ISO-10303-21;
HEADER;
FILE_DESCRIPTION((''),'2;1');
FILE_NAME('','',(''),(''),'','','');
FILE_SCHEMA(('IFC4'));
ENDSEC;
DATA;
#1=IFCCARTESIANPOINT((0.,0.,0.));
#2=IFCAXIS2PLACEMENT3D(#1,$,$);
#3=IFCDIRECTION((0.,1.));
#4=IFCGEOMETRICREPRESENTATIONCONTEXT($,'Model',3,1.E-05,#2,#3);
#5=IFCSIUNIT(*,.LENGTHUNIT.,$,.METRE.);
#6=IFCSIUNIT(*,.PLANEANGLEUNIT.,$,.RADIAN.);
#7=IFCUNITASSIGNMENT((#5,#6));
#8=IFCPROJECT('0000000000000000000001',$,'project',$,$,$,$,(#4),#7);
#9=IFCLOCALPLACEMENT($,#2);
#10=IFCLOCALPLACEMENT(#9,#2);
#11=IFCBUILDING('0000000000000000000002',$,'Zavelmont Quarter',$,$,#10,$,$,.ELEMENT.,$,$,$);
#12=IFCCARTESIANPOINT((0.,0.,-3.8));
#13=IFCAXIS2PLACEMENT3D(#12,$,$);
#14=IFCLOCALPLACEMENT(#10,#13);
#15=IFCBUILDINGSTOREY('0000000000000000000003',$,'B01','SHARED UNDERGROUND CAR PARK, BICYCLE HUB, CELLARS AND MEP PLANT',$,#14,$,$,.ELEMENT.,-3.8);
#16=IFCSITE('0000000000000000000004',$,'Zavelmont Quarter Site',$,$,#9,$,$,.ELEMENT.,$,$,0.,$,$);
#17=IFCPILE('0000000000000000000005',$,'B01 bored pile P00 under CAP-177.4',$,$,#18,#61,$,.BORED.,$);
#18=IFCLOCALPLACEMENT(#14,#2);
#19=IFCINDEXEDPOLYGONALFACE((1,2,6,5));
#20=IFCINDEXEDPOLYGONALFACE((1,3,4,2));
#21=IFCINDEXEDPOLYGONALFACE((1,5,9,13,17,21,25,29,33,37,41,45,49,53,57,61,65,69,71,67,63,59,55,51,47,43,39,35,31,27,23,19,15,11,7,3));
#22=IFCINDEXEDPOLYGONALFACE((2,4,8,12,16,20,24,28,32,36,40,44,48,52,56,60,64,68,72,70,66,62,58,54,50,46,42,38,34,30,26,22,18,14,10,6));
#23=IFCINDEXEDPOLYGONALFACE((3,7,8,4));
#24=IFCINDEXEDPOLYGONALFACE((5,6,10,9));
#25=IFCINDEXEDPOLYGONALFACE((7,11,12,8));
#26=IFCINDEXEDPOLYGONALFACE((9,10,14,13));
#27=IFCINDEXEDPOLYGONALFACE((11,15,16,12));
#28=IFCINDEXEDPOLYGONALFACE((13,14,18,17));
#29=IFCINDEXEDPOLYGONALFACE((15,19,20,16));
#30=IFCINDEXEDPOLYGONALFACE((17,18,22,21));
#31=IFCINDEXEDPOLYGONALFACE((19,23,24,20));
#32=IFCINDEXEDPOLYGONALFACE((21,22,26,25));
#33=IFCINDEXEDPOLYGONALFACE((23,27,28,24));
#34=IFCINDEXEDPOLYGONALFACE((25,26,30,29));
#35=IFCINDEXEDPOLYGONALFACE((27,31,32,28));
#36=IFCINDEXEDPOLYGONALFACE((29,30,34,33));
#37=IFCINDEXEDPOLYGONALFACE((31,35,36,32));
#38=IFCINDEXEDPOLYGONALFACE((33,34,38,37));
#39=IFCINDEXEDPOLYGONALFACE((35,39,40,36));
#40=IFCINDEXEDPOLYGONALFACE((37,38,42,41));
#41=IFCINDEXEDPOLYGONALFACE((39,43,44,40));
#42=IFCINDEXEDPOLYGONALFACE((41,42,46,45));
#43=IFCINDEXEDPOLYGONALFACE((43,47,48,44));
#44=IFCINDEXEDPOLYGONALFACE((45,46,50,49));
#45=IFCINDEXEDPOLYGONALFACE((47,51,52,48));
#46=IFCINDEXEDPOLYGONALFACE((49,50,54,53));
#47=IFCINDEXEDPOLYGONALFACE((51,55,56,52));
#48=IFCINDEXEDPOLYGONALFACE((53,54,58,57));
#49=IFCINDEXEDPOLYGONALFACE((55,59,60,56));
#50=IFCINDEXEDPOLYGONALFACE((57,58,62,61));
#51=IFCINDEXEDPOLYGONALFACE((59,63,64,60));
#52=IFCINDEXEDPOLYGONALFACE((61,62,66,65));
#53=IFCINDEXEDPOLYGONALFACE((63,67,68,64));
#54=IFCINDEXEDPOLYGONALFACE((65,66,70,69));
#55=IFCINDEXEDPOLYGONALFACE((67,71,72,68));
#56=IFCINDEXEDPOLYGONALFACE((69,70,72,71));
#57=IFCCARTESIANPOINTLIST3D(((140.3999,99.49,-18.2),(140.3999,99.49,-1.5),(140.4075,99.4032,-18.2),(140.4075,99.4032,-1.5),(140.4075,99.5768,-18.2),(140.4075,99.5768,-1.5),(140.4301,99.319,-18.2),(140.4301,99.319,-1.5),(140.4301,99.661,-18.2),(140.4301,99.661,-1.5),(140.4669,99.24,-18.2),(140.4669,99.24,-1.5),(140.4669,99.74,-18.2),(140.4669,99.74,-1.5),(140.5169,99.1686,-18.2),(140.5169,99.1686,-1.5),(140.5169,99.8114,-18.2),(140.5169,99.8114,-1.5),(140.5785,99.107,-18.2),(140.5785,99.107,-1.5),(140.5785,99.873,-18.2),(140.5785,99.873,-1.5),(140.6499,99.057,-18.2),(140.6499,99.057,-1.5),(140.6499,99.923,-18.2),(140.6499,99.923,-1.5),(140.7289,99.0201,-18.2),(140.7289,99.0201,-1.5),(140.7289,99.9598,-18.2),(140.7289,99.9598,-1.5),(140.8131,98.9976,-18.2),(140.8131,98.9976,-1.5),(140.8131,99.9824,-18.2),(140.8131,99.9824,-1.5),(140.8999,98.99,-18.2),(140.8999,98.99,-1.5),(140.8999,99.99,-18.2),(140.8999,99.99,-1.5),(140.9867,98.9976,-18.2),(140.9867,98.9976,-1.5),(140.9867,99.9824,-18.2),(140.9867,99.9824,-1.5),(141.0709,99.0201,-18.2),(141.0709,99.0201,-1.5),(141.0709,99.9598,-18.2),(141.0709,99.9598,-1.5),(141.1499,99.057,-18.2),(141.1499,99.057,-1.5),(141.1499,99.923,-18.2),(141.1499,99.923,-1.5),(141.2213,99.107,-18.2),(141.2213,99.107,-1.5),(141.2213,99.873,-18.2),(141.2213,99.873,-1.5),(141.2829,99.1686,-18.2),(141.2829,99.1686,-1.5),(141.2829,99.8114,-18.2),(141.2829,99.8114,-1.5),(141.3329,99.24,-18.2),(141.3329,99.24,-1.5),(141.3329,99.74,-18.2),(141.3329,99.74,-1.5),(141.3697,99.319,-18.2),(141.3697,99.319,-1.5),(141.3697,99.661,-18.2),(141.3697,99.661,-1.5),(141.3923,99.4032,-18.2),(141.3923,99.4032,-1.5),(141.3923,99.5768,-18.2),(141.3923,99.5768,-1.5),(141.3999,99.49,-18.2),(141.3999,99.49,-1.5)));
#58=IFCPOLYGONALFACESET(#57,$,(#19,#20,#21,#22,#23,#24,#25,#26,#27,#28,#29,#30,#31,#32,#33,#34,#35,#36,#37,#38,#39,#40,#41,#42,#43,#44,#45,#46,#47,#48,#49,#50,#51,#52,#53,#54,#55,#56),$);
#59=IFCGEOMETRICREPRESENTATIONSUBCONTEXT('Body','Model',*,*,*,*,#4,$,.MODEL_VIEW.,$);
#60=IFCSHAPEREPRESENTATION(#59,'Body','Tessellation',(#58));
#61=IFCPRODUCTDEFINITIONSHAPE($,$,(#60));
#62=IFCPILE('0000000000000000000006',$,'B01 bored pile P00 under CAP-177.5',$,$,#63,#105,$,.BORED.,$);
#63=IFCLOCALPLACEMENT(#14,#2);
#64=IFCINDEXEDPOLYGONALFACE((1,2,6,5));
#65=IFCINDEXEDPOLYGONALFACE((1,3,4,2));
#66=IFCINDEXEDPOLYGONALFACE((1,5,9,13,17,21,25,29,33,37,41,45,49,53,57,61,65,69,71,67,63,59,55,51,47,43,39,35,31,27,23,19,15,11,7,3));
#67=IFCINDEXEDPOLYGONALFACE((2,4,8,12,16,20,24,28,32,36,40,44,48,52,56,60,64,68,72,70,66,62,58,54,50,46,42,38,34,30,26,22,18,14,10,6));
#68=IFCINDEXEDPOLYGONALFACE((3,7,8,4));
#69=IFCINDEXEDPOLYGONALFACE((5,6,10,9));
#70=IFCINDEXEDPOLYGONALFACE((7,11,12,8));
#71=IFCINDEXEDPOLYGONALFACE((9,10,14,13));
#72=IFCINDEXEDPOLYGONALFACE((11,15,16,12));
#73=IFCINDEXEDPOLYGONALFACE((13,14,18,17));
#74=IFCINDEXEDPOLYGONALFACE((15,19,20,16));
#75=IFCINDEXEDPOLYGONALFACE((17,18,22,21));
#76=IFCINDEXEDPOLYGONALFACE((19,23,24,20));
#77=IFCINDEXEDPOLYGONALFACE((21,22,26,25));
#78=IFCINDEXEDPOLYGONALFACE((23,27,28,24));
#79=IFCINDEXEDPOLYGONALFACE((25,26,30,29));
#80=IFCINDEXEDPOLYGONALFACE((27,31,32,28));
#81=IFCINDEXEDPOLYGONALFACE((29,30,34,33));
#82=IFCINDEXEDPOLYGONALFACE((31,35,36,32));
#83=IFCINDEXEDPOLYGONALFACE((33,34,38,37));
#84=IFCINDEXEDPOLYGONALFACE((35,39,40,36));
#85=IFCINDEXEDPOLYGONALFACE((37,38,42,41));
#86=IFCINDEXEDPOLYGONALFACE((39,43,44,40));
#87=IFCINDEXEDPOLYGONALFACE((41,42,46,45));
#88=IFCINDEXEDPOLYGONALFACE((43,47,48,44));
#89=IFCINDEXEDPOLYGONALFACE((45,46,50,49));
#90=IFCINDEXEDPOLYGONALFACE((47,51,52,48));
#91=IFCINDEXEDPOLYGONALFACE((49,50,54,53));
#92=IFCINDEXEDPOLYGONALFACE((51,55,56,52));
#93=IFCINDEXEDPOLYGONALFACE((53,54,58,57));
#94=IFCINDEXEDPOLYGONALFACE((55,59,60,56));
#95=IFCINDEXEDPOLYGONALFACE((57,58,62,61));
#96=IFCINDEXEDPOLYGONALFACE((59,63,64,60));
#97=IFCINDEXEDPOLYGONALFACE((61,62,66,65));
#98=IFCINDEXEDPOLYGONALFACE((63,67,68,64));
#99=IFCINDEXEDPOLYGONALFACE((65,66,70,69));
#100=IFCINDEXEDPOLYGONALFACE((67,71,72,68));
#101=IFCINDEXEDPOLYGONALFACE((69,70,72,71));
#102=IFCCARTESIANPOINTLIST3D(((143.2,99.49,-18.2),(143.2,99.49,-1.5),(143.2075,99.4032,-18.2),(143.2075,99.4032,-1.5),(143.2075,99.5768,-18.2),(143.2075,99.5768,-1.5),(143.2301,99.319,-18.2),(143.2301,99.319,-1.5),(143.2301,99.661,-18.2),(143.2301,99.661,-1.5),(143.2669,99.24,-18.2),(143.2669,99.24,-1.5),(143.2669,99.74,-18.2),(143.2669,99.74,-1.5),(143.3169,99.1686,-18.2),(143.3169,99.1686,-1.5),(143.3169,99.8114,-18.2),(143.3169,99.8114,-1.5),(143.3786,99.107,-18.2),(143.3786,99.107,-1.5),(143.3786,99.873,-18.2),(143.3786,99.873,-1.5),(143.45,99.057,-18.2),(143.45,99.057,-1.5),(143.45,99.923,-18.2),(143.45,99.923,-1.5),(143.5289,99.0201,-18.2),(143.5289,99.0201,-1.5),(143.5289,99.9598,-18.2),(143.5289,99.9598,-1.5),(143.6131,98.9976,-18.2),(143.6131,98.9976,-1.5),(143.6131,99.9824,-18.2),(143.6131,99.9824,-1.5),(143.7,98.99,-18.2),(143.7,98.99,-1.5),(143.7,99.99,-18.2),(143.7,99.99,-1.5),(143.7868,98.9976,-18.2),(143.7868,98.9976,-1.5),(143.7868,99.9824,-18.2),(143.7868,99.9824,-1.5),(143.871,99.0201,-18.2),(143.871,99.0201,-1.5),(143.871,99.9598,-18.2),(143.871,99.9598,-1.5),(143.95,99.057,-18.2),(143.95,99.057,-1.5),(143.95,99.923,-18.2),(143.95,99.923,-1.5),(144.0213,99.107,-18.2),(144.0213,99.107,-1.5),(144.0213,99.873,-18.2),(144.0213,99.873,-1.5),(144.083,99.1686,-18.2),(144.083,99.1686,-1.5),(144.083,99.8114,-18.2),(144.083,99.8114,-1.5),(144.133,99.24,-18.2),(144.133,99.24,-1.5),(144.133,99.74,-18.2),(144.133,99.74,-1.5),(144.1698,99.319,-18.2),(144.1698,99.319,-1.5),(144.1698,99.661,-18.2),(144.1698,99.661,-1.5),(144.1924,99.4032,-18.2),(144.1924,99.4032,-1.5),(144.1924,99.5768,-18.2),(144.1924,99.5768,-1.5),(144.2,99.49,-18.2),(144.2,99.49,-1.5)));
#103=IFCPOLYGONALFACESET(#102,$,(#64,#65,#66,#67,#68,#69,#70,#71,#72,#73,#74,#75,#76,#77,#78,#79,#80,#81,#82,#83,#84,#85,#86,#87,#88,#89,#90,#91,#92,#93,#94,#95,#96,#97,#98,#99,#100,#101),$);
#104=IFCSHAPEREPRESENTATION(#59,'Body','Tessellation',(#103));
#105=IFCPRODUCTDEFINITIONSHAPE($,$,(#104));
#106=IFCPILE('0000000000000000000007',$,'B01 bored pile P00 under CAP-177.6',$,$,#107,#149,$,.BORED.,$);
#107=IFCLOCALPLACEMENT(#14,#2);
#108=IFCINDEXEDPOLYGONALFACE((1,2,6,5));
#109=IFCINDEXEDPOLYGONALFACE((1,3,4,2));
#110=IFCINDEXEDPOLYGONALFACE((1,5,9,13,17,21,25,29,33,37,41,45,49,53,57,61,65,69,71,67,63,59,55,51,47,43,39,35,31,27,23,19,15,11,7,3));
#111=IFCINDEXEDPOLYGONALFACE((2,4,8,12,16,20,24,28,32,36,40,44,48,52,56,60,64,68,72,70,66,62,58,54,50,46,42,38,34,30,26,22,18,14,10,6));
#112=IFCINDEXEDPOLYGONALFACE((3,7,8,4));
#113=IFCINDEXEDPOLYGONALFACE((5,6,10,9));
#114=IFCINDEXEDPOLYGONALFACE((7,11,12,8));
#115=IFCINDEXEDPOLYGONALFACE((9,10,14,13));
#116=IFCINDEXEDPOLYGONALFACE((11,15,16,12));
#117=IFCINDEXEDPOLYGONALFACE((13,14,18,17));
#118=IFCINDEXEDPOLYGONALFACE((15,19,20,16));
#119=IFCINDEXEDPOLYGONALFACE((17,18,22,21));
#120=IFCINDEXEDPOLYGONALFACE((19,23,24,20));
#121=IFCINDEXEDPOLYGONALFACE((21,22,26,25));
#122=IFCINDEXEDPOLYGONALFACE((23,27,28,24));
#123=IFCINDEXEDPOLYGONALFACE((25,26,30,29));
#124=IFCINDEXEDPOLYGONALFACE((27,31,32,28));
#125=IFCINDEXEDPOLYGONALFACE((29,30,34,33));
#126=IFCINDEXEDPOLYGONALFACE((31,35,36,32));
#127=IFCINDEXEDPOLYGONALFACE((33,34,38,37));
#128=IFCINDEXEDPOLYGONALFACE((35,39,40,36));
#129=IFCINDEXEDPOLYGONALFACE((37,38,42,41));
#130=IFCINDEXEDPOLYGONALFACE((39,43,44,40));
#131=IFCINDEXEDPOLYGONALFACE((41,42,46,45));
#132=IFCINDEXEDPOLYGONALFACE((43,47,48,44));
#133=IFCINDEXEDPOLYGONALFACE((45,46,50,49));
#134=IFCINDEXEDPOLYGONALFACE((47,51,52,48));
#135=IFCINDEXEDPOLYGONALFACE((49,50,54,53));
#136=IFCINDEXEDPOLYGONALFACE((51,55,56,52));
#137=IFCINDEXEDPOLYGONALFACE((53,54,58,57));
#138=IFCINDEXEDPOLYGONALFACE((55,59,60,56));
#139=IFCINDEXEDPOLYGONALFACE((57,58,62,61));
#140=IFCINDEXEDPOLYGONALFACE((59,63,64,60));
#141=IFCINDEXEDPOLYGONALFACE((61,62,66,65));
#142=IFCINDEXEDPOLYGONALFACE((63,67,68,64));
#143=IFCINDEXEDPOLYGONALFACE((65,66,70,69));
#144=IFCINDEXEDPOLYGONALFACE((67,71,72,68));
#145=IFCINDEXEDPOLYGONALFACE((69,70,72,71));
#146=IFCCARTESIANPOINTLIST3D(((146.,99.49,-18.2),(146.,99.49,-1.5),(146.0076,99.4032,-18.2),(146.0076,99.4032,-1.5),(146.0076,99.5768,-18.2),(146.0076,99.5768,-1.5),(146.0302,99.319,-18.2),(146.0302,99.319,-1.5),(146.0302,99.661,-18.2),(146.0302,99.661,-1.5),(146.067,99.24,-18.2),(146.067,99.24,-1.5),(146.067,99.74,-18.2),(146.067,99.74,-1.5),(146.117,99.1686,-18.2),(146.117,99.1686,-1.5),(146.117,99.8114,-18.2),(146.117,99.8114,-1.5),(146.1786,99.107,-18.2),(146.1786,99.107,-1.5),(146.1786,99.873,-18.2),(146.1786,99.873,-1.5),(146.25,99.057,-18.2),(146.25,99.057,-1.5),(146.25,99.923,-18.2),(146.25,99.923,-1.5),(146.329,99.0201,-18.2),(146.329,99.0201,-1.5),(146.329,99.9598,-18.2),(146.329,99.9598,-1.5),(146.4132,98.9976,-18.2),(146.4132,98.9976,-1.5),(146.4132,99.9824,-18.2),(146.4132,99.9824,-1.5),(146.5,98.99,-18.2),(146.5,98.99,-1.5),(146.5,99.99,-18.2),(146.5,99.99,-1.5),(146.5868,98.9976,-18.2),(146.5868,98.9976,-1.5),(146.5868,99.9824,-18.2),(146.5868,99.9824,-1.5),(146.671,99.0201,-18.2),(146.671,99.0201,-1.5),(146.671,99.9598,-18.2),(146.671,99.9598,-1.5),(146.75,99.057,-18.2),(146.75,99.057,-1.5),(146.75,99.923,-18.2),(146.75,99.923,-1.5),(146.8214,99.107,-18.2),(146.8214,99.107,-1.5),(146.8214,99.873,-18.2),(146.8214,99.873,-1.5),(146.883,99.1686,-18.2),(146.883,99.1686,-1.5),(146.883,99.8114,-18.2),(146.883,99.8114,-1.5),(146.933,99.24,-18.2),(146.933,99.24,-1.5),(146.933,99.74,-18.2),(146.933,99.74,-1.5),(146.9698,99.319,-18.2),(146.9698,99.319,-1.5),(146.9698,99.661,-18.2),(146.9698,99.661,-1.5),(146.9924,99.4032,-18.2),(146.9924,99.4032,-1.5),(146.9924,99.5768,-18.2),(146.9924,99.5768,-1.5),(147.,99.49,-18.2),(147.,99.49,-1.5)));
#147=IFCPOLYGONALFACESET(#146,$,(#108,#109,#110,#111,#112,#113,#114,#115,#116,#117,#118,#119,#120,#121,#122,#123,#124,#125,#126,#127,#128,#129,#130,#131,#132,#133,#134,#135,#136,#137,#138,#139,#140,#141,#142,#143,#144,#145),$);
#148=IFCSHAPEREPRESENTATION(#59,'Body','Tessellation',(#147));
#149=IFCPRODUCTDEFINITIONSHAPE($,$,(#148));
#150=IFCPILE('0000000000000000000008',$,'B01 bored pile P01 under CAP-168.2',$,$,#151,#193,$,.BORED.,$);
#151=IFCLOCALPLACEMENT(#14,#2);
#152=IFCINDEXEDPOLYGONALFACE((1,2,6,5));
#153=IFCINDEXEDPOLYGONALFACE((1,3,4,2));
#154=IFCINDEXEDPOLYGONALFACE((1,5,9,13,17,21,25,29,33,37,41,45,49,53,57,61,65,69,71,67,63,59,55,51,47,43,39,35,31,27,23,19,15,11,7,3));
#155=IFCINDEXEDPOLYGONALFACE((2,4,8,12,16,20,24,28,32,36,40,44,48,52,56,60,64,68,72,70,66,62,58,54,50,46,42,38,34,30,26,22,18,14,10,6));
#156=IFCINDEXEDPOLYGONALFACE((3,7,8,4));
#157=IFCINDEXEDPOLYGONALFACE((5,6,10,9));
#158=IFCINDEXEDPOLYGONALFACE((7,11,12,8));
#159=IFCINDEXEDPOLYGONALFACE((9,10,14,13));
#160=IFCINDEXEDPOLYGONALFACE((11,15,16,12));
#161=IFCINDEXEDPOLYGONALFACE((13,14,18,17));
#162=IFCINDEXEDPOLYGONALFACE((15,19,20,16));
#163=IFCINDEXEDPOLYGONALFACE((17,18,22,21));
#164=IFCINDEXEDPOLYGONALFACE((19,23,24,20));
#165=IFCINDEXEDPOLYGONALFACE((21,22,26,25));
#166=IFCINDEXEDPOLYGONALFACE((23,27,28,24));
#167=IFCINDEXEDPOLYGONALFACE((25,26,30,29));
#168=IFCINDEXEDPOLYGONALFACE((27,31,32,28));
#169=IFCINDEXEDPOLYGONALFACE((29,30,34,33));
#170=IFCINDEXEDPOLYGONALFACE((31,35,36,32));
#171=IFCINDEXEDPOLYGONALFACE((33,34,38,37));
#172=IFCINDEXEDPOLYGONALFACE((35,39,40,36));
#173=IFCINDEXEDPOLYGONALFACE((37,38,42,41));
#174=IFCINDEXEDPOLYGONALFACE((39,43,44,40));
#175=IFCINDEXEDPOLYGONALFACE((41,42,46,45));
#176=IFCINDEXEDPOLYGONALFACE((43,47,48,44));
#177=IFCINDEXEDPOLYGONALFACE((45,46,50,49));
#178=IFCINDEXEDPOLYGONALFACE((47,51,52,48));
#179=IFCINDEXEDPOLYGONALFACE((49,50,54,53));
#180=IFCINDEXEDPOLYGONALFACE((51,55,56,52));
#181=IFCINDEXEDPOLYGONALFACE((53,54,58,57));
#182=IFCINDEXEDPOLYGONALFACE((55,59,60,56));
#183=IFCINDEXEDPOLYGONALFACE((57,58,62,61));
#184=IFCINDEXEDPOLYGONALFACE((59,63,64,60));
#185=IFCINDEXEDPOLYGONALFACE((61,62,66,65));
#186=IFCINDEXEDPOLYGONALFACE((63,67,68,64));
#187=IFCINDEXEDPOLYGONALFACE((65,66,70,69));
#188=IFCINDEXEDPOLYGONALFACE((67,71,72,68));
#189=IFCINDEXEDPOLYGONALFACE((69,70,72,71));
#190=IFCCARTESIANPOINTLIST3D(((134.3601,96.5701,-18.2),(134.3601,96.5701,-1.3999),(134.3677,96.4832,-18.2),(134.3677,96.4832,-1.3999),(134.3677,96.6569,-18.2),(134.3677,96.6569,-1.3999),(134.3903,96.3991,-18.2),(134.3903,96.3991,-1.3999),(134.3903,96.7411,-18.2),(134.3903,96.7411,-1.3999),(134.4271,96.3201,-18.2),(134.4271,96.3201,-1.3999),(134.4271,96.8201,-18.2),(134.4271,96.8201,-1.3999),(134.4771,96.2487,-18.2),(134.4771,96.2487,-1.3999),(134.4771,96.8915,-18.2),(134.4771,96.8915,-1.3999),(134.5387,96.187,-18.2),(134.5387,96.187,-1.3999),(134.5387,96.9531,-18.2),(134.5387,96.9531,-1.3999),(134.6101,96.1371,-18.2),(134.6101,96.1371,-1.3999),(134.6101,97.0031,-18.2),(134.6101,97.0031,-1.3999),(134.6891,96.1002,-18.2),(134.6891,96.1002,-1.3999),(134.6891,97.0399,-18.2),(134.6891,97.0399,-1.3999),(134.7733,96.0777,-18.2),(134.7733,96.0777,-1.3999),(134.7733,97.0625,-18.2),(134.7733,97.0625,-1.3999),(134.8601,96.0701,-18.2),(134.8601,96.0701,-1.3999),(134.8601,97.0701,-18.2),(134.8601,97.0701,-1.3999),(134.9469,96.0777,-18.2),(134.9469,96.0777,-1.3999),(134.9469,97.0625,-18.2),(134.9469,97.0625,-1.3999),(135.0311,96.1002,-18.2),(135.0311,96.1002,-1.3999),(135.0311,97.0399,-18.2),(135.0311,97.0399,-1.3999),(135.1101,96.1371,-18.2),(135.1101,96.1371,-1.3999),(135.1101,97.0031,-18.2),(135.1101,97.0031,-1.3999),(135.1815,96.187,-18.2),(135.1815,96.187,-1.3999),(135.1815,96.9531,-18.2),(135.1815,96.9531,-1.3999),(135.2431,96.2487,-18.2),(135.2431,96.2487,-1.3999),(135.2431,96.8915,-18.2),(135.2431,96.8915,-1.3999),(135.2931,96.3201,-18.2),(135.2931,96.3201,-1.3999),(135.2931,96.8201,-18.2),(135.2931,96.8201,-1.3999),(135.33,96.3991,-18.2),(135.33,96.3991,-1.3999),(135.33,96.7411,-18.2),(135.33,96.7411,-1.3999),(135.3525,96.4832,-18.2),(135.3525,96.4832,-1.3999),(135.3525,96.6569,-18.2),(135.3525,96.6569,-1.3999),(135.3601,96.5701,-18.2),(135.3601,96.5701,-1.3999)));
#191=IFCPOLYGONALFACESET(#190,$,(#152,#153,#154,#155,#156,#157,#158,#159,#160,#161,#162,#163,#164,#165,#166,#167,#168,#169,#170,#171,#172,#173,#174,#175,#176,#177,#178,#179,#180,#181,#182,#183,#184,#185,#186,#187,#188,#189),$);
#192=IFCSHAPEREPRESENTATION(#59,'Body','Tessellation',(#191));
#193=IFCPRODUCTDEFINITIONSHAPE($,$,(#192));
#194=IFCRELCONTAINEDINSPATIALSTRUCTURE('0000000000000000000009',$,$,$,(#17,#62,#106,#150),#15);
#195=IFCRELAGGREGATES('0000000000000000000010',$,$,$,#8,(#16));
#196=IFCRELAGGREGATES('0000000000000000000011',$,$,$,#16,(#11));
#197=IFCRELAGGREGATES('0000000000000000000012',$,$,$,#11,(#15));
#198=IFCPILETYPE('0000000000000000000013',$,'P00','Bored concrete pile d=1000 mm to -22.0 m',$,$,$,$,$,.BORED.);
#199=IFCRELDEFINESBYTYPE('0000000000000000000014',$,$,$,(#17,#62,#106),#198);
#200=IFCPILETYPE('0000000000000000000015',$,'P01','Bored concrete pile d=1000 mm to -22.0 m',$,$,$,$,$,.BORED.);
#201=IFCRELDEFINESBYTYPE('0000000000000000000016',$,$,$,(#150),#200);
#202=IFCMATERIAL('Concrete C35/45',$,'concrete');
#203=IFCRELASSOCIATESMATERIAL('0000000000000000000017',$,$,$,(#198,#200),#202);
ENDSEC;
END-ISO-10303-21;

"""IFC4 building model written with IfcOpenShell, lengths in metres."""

from ifc_helpers import new_model, si_unit, direction, frame, origin, origin_2d, place, context, subcontext, project, spatial, circle, extrude, material, material_profile, profile_set, type_object, element, save


model = new_model("IFC4")

# Units and contexts
model_context = context("Model", 3, precision=1e-05, world=origin(), true_north=direction((0.0, 1.0)))
body_context = subcontext(model_context, "Body", "Model", "MODEL_VIEW")
ifc_project = project(units=[si_unit("LENGTHUNIT", "METRE"), si_unit("PLANEANGLEUNIT", "RADIAN")], contexts=[model_context])

# Site, building, storey
site_placement = place(None, origin())
site = spatial("IfcSite", under=ifc_project, at=site_placement, Name="Zavelmont Quarter Site", CompositionType="ELEMENT", RefElevation=0.0)
building_placement = place(site_placement, origin())
building = spatial("IfcBuilding", under=site, at=building_placement, Name="Zavelmont Quarter", CompositionType="ELEMENT")
storey_placement = place(building_placement, frame((0.0, 0.0, -3.8)))
storey = spatial("IfcBuildingStorey", under=building, at=storey_placement, Name="B01", Description="SHARED UNDERGROUND CAR PARK, BICYCLE HUB, CELLARS AND MEP PLANT", CompositionType="ELEMENT", Elevation=-3.8)

# Shared definitions
ifc_material_1 = material(Name="Concrete C35/45", Category="concrete")

# Piles
ifc_material_profile_1 = material_profile(ifc_material_1, circle(Radius=0.5, at=origin_2d()), Name="BP1000")
ifc_profile_set_1 = profile_set([ifc_material_profile_1], Name="Concrete C35/45")
pile_type_1 = type_object("IfcPileType", Name="P00", Description="Bored concrete pile d=1000 mm to -22.0 m", PredefinedType="BORED", material=ifc_profile_set_1)
for number, where, z_axis, x_axis, name in (
    (1, (140.8999, 99.49, -1.5), (0.0, 0.0, -1.0), (1.0, 0.0, 0.0), "B01 bored pile P00 under CAP-177.4"),
    (2, (143.7, 99.49, -1.5), (0.0, 0.0, -1.0), (1.0, 0.0, 0.0), "B01 bored pile P00 under CAP-177.5"),
    (3, (146.5, 99.49, -1.5), (0.0, 0.0, -1.0), (1.0, 0.0, 0.0), "B01 bored pile P00 under CAP-177.6"),
):
    element("IfcPile", number, at=place(storey_placement, frame(where, z_axis=z_axis, x_axis=x_axis)), inside=storey, type_object=pile_type_1, Name=name, PredefinedType="BORED", context=body_context, shape_type="SweptSolid", body=[
        extrude(circle(Radius=0.5, at=origin_2d()), origin(), (0.0, 0.0, 1.0), 16.7),
    ])
ifc_material_profile_2 = material_profile(ifc_material_1, circle(Radius=0.5, at=origin_2d()), Name="BP1000")
ifc_profile_set_2 = profile_set([ifc_material_profile_2], Name="Concrete C35/45")
pile_type_2 = type_object("IfcPileType", Name="P01", Description="Bored concrete pile d=1000 mm to -22.0 m", PredefinedType="BORED", material=ifc_profile_set_2)
for number, where, z_axis, x_axis, name in (
    (4, (134.8601, 96.5701, -1.3999), (0.0, 0.0, -1.0), (1.0, 0.0, 0.0), "B01 bored pile P01 under CAP-168.2"),
):
    element("IfcPile", number, at=place(storey_placement, frame(where, z_axis=z_axis, x_axis=x_axis)), inside=storey, type_object=pile_type_2, Name=name, PredefinedType="BORED", context=body_context, shape_type="SweptSolid", body=[
        extrude(circle(Radius=0.5, at=origin_2d()), origin(), (0.0, 0.0, 1.0), 16.8),
    ])

save(model, "model.ifc")
